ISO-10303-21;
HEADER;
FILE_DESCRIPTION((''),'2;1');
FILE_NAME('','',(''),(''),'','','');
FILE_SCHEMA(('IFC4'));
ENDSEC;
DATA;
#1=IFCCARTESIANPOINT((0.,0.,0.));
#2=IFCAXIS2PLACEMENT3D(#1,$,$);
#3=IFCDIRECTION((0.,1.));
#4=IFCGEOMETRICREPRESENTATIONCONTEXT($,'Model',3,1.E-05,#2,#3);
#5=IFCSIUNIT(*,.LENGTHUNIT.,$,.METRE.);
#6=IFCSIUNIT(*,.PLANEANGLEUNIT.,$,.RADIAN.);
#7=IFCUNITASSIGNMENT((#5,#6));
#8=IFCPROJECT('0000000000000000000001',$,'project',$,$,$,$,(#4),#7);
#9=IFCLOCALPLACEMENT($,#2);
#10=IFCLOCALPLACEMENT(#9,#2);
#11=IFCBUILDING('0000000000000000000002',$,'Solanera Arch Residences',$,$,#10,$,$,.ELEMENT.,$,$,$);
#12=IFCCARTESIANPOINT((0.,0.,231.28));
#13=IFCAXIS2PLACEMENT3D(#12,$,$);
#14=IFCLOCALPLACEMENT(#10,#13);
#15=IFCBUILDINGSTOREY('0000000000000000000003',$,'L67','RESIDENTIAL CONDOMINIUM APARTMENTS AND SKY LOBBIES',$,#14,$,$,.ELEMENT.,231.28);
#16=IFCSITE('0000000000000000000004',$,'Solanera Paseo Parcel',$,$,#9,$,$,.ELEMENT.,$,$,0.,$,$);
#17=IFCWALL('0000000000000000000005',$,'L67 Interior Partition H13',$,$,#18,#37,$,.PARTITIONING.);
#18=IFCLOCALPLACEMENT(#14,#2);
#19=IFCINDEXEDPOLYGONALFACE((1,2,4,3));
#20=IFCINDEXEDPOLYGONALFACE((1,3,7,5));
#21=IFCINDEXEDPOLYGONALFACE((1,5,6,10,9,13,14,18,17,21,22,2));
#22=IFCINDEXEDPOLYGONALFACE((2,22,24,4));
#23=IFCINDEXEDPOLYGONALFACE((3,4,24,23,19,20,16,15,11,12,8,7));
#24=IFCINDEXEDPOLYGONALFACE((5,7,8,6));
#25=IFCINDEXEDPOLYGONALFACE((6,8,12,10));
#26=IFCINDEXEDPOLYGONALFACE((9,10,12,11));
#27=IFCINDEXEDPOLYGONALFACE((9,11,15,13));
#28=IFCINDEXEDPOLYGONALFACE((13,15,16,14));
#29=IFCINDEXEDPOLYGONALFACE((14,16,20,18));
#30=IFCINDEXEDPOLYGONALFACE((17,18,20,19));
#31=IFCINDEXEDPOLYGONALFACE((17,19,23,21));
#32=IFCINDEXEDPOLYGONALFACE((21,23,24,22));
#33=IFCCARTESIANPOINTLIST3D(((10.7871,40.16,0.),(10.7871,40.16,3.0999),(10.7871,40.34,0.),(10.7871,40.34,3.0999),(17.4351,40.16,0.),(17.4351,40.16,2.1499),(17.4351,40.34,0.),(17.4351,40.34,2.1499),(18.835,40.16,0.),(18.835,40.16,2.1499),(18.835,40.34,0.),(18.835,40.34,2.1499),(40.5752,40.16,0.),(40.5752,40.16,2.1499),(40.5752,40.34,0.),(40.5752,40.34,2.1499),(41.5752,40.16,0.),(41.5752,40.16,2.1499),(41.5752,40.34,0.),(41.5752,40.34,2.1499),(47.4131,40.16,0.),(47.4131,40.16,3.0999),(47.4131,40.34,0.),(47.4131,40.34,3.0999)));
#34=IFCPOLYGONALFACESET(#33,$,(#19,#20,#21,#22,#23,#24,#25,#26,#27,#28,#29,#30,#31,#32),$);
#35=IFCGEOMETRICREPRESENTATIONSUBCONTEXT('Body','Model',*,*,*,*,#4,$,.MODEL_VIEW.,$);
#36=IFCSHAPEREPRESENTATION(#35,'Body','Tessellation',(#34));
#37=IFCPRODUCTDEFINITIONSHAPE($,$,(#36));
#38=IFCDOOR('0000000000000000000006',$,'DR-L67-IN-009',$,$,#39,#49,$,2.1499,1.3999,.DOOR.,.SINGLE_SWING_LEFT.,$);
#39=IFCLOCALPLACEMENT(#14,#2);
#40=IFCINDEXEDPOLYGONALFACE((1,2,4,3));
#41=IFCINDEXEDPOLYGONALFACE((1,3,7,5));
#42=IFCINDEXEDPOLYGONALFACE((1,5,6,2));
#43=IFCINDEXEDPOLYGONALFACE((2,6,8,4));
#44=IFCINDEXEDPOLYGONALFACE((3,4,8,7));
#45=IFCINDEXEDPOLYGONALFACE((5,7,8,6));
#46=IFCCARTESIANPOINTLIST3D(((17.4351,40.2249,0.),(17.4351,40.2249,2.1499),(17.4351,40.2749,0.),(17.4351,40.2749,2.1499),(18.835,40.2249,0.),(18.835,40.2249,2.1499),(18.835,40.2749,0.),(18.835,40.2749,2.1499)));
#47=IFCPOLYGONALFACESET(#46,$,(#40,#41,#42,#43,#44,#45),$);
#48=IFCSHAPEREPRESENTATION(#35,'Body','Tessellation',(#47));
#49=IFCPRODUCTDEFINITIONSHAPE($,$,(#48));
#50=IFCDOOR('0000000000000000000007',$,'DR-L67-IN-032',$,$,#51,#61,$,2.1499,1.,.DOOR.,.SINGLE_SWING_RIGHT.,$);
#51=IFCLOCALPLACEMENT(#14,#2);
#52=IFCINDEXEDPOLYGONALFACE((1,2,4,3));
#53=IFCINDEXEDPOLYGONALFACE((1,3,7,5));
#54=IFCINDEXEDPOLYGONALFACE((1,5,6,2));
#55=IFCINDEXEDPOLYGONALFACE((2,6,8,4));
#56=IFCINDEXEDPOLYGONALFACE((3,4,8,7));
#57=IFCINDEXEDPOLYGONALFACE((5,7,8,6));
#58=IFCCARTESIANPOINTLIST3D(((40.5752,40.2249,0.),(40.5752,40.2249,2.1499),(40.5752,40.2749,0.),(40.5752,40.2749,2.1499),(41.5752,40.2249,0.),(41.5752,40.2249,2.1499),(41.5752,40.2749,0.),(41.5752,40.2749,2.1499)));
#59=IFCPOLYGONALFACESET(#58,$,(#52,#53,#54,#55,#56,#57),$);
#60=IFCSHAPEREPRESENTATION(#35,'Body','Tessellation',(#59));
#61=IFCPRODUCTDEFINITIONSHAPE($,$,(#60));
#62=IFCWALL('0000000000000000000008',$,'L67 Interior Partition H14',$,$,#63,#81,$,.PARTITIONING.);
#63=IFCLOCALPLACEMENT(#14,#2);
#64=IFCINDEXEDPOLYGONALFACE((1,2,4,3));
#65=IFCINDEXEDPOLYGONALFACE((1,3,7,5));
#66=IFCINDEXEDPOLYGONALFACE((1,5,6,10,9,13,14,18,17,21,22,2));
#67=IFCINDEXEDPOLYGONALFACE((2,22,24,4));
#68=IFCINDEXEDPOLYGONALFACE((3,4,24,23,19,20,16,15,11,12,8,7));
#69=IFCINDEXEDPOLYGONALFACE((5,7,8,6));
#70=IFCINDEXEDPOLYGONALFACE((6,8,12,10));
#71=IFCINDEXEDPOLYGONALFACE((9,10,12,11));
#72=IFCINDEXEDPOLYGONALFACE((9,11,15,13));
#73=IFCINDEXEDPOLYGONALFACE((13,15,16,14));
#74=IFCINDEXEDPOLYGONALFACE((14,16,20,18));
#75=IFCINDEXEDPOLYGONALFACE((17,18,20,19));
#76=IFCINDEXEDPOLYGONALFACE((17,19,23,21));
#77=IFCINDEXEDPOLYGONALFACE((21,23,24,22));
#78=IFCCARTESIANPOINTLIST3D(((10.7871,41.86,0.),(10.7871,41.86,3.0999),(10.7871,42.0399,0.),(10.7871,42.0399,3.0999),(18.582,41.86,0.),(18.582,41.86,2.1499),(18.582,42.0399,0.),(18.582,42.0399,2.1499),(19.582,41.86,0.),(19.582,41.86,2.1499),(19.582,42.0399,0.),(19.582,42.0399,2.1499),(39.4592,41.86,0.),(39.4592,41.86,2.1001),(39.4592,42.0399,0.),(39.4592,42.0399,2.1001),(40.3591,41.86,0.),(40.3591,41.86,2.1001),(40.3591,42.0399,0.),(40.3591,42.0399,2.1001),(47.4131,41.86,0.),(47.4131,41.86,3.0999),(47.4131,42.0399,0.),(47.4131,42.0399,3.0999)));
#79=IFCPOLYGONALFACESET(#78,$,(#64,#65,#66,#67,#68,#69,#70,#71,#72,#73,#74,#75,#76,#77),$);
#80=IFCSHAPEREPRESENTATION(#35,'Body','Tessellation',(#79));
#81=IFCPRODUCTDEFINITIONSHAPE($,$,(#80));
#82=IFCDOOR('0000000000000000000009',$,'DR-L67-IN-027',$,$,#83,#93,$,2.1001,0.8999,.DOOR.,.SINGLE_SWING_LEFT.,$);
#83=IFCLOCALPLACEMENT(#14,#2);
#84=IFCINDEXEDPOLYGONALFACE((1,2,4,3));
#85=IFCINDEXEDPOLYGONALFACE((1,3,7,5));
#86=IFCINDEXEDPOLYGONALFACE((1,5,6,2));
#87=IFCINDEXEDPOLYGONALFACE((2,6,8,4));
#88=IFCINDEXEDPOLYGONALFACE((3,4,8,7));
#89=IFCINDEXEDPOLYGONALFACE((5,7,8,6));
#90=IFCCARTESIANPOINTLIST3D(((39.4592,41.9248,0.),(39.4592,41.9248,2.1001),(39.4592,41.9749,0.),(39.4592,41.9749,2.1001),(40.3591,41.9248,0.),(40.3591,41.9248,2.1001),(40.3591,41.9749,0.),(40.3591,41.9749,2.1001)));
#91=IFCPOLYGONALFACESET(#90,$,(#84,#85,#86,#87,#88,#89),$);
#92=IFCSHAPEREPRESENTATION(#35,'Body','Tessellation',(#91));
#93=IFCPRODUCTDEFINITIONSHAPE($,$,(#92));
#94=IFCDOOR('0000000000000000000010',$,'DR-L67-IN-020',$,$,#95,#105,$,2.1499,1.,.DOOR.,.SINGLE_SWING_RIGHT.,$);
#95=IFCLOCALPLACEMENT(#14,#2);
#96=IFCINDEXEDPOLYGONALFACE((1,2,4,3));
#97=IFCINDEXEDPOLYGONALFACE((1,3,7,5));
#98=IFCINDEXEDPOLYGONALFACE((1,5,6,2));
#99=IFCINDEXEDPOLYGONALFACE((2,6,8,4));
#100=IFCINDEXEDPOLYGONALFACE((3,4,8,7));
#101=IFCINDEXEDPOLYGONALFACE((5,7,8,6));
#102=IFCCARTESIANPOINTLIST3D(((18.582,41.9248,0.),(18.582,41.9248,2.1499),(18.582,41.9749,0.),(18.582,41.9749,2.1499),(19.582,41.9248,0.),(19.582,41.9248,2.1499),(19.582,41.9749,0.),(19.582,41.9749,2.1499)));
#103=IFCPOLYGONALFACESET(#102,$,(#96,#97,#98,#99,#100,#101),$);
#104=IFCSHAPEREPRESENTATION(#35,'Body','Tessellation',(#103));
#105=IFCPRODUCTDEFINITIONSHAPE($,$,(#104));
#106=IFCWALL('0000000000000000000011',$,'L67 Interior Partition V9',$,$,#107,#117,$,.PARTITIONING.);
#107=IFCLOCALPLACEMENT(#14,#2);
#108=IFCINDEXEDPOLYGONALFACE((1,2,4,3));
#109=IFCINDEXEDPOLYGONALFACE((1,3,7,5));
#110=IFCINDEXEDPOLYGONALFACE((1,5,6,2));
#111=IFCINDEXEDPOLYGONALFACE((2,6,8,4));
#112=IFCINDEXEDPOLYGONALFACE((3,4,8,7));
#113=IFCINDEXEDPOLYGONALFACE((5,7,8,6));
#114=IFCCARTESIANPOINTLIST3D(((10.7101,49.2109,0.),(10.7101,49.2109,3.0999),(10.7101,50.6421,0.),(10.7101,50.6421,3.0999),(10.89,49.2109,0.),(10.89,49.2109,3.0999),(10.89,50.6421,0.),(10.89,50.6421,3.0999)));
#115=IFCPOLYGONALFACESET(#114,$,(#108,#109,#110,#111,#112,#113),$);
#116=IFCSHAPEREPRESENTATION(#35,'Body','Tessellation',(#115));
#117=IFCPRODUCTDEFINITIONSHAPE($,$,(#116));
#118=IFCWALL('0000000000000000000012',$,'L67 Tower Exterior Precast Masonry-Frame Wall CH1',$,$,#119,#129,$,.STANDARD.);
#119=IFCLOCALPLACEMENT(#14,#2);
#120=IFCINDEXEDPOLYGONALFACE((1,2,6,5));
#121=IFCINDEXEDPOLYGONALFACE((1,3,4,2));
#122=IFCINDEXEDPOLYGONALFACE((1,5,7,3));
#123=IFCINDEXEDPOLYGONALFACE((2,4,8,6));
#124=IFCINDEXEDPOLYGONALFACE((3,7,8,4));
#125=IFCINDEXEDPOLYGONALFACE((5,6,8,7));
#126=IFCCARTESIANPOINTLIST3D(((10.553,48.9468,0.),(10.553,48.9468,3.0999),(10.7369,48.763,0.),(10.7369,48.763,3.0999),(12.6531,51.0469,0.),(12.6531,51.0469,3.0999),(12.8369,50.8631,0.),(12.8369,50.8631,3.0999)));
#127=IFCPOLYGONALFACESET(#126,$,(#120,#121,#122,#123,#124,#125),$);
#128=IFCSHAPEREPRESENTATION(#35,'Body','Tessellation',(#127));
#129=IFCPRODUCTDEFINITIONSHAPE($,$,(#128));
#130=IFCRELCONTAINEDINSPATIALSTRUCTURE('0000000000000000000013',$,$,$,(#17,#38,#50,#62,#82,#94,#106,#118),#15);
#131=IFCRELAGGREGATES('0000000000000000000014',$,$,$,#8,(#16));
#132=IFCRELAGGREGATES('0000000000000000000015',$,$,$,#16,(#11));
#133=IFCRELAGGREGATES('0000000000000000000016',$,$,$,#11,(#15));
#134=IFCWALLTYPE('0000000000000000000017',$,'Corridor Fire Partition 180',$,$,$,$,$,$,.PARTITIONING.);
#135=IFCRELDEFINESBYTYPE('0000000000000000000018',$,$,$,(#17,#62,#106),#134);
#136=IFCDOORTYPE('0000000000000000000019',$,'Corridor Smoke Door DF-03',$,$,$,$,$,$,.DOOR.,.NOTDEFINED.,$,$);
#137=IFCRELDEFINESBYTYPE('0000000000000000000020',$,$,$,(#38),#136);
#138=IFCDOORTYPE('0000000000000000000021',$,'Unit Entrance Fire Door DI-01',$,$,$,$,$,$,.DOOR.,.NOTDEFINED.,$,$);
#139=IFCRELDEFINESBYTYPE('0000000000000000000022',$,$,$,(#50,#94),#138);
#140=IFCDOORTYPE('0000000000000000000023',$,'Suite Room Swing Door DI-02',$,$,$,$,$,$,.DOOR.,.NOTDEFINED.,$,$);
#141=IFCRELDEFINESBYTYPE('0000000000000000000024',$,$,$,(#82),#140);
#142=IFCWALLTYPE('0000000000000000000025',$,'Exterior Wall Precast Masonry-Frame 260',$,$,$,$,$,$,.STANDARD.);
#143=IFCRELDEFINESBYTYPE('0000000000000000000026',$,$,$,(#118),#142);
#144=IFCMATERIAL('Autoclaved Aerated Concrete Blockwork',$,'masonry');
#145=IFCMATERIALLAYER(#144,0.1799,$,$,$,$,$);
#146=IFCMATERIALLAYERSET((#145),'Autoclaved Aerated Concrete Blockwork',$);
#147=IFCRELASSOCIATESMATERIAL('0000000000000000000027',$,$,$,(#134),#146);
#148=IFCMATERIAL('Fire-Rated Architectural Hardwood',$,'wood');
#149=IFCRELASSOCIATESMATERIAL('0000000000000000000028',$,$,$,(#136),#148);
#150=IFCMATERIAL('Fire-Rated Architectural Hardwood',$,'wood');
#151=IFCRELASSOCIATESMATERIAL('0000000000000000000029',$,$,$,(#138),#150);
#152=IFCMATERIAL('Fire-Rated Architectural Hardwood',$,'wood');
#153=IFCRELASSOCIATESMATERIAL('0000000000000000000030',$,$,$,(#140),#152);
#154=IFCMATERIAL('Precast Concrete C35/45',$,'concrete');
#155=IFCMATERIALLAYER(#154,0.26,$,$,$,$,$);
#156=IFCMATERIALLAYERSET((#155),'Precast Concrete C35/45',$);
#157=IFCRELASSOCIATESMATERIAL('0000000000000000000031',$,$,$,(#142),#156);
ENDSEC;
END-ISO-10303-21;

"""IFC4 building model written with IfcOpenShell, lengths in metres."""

from ifc_helpers import new_model, si_unit, direction, frame, frame_2d, origin, place, context, subcontext, project, spatial, rectangle, extrude, material, layer, layer_set, type_object, element, fill, save


model = new_model("IFC4")

# Units and contexts
model_context = context("Model", 3, precision=1e-05, world=origin(), true_north=direction((0.0, 1.0)))
body_context = subcontext(model_context, "Body", "Model", "MODEL_VIEW")
ifc_project = project(units=[si_unit("LENGTHUNIT", "METRE"), si_unit("PLANEANGLEUNIT", "RADIAN")], contexts=[model_context])

# Site, building, storey
site_placement = place(None, origin())
site = spatial("IfcSite", under=ifc_project, at=site_placement, Name="Solanera Paseo Parcel", CompositionType="ELEMENT", RefElevation=0.0)
building_placement = place(site_placement, origin())
building = spatial("IfcBuilding", under=site, at=building_placement, Name="Solanera Arch Residences", CompositionType="ELEMENT")
storey_placement = place(building_placement, frame((0.0, 0.0, 231.28)))
storey = spatial("IfcBuildingStorey", under=building, at=storey_placement, Name="L67", Description="RESIDENTIAL CONDOMINIUM APARTMENTS AND SKY LOBBIES", CompositionType="ELEMENT", Elevation=231.28)

# Walls, openings, doors
ifc_material_1 = material(Name="Autoclaved Aerated Concrete Blockwork", Category="masonry")
ifc_layer_1 = layer(ifc_material_1, 0.1799)
ifc_layer_set_1 = layer_set([ifc_layer_1], Name="Autoclaved Aerated Concrete Blockwork")
wall_type_1 = type_object("IfcWallType", Name="Corridor Fire Partition 180", PredefinedType="PARTITIONING", material=ifc_layer_set_1)
wall_1_placement = place(storey_placement, frame((10.7871, 40.25, 0.0), z_axis=(0.0, 0.0, 1.0), x_axis=(1.0, 0.0, 0.0)))
wall_1 = element("IfcWall", 1, at=wall_1_placement, inside=storey, type_object=wall_type_1, Name="L67 Interior Partition H13", PredefinedType="PARTITIONING", context=body_context, shape_type="SweptSolid", body=[
    extrude(rectangle(XDim=36.626, YDim=0.1799, at=frame_2d((18.313, 0.0))), origin(), (0.0, 0.0, 1.0), 3.0999),
])
opening_1_placement = place(wall_1_placement, frame((6.6479, 0.0, 0.0)))
opening_1 = element("IfcOpeningElement", 2, at=opening_1_placement, cuts=wall_1, PredefinedType="OPENING", context=body_context, shape_type="SweptSolid", body=[
    extrude(rectangle(XDim=1.3999, YDim=2.1499, at=frame_2d((0.7, 1.075))), frame((0.0, 0.1001, 0.0), z_axis=(0.0, -1.0, 0.0), x_axis=(1.0, 0.0, 0.0)), (0.0, 0.0, 1.0), 0.1999),
])
opening_2_placement = place(wall_1_placement, frame((29.7881, 0.0, 0.0)))
opening_2 = element("IfcOpeningElement", 3, at=opening_2_placement, cuts=wall_1, PredefinedType="OPENING", context=body_context, shape_type="SweptSolid", body=[
    extrude(rectangle(XDim=1.0, YDim=2.1499, at=frame_2d((0.5, 1.075))), frame((0.0, 0.1001, 0.0), z_axis=(0.0, -1.0, 0.0), x_axis=(1.0, 0.0, 0.0)), (0.0, 0.0, 1.0), 0.1999),
])
ifc_material_2 = material(Name="Fire-Rated Architectural Hardwood", Category="wood")
door_type_1 = type_object("IfcDoorType", Name="Corridor Smoke Door DF-03", OperationType="NOTDEFINED", PredefinedType="DOOR", material=ifc_material_2)
door_1_placement = place(opening_1_placement, origin())
door_1 = element("IfcDoor", 4, at=door_1_placement, inside=storey, type_object=door_type_1, Name="DR-L67-IN-009", OperationType="SINGLE_SWING_LEFT", OverallHeight=2.1499, OverallWidth=1.3999, PredefinedType="DOOR", context=body_context, shape_type="SweptSolid", body=[
    extrude(rectangle(XDim=1.3999, YDim=2.1499, at=frame_2d((0.7, 1.075))), frame((0.0, 0.0249, 0.0), z_axis=(0.0, -1.0, 0.0), x_axis=(1.0, 0.0, 0.0)), (0.0, 0.0, 1.0), 0.05),
])
fill(opening_1, door_1)
ifc_material_3 = material(Name="Fire-Rated Architectural Hardwood", Category="wood")
door_type_2 = type_object("IfcDoorType", Name="Unit Entrance Fire Door DI-01", OperationType="NOTDEFINED", PredefinedType="DOOR", material=ifc_material_3)
door_2_placement = place(opening_2_placement, origin())
door_2 = element("IfcDoor", 5, at=door_2_placement, inside=storey, type_object=door_type_2, Name="DR-L67-IN-032", OperationType="SINGLE_SWING_RIGHT", OverallHeight=2.1499, OverallWidth=1.0, PredefinedType="DOOR", context=body_context, shape_type="SweptSolid", body=[
    extrude(rectangle(XDim=1.0, YDim=2.1499, at=frame_2d((0.5, 1.075))), frame((0.0, 0.0249, 0.0), z_axis=(0.0, -1.0, 0.0), x_axis=(1.0, 0.0, 0.0)), (0.0, 0.0, 1.0), 0.05),
])
fill(opening_2, door_2)
wall_2_placement = place(storey_placement, frame((10.7871, 41.95, 0.0), z_axis=(0.0, 0.0, 1.0), x_axis=(1.0, 0.0, 0.0)))
wall_2 = element("IfcWall", 6, at=wall_2_placement, inside=storey, type_object=wall_type_1, Name="L67 Interior Partition H14", PredefinedType="PARTITIONING", context=body_context, shape_type="SweptSolid", body=[
    extrude(rectangle(XDim=36.626, YDim=0.1799, at=frame_2d((18.313, 0.0))), origin(), (0.0, 0.0, 1.0), 3.0999),
])
opening_3_placement = place(wall_2_placement, frame((7.7949, 0.0, 0.0)))
opening_3 = element("IfcOpeningElement", 7, at=opening_3_placement, cuts=wall_2, PredefinedType="OPENING", context=body_context, shape_type="SweptSolid", body=[
    extrude(rectangle(XDim=1.0, YDim=2.1499, at=frame_2d((0.5, 1.075))), frame((0.0, 0.1001, 0.0), z_axis=(0.0, -1.0, 0.0), x_axis=(1.0, 0.0, 0.0)), (0.0, 0.0, 1.0), 0.1999),
])
opening_4_placement = place(wall_2_placement, frame((28.6721, 0.0, 0.0)))
opening_4 = element("IfcOpeningElement", 8, at=opening_4_placement, cuts=wall_2, PredefinedType="OPENING", context=body_context, shape_type="SweptSolid", body=[
    extrude(rectangle(XDim=0.8999, YDim=2.1001, at=frame_2d((0.45, 1.05))), frame((0.0, 0.1001, 0.0), z_axis=(0.0, -1.0, 0.0), x_axis=(1.0, 0.0, 0.0)), (0.0, 0.0, 1.0), 0.1999),
])
ifc_material_4 = material(Name="Fire-Rated Architectural Hardwood", Category="wood")
door_type_3 = type_object("IfcDoorType", Name="Suite Room Swing Door DI-02", OperationType="NOTDEFINED", PredefinedType="DOOR", material=ifc_material_4)
door_3_placement = place(opening_4_placement, origin())
door_3 = element("IfcDoor", 9, at=door_3_placement, inside=storey, type_object=door_type_3, Name="DR-L67-IN-027", OperationType="SINGLE_SWING_LEFT", OverallHeight=2.1001, OverallWidth=0.8999, PredefinedType="DOOR", context=body_context, shape_type="SweptSolid", body=[
    extrude(rectangle(XDim=0.8999, YDim=2.1001, at=frame_2d((0.45, 1.05))), frame((0.0, 0.0249, 0.0), z_axis=(0.0, -1.0, 0.0), x_axis=(1.0, 0.0, 0.0)), (0.0, 0.0, 1.0), 0.05),
])
fill(opening_4, door_3)
door_4_placement = place(opening_3_placement, origin())
door_4 = element("IfcDoor", 10, at=door_4_placement, inside=storey, type_object=door_type_2, Name="DR-L67-IN-020", OperationType="SINGLE_SWING_RIGHT", OverallHeight=2.1499, OverallWidth=1.0, PredefinedType="DOOR", context=body_context, shape_type="SweptSolid", body=[
    extrude(rectangle(XDim=1.0, YDim=2.1499, at=frame_2d((0.5, 1.075))), frame((0.0, 0.0249, 0.0), z_axis=(0.0, -1.0, 0.0), x_axis=(1.0, 0.0, 0.0)), (0.0, 0.0, 1.0), 0.05),
])
fill(opening_3, door_4)

# Walls
wall_3_placement = place(storey_placement, frame((10.8, 49.2109, 0.0), z_axis=(0.0, 0.0, 1.0), x_axis=(0.0, 1.0, 0.0)))
element("IfcWall", 11, at=wall_3_placement, inside=storey, type_object=wall_type_1, Name="L67 Interior Partition V9", PredefinedType="PARTITIONING", context=body_context, shape_type="SweptSolid", body=[
    extrude(rectangle(XDim=1.4312, YDim=0.1799, at=frame_2d((0.7156, 0.0))), origin(), (0.0, 0.0, 1.0), 3.0999),
])
ifc_material_5 = material(Name="Precast Concrete C35/45", Category="concrete")
ifc_layer_2 = layer(ifc_material_5, 0.26)
ifc_layer_set_2 = layer_set([ifc_layer_2], Name="Precast Concrete C35/45")
wall_type_2 = type_object("IfcWallType", Name="Exterior Wall Precast Masonry-Frame 260", PredefinedType="STANDARD", material=ifc_layer_set_2)
wall_4_placement = place(storey_placement, frame((10.645, 48.855, 0.0), z_axis=(0.0, 0.0, 1.0), x_axis=(0.707107, 0.707107, 0.0)))
element("IfcWall", 12, at=wall_4_placement, inside=storey, type_object=wall_type_2, Name="L67 Tower Exterior Precast Masonry-Frame Wall CH1", PredefinedType="STANDARD", context=body_context, shape_type="SweptSolid", body=[
    extrude(rectangle(XDim=2.97, YDim=0.26, at=frame_2d((1.4849, 0.0))), origin(), (0.0, 0.0, 1.0), 3.0999),
])

save(model, "model.ifc")
